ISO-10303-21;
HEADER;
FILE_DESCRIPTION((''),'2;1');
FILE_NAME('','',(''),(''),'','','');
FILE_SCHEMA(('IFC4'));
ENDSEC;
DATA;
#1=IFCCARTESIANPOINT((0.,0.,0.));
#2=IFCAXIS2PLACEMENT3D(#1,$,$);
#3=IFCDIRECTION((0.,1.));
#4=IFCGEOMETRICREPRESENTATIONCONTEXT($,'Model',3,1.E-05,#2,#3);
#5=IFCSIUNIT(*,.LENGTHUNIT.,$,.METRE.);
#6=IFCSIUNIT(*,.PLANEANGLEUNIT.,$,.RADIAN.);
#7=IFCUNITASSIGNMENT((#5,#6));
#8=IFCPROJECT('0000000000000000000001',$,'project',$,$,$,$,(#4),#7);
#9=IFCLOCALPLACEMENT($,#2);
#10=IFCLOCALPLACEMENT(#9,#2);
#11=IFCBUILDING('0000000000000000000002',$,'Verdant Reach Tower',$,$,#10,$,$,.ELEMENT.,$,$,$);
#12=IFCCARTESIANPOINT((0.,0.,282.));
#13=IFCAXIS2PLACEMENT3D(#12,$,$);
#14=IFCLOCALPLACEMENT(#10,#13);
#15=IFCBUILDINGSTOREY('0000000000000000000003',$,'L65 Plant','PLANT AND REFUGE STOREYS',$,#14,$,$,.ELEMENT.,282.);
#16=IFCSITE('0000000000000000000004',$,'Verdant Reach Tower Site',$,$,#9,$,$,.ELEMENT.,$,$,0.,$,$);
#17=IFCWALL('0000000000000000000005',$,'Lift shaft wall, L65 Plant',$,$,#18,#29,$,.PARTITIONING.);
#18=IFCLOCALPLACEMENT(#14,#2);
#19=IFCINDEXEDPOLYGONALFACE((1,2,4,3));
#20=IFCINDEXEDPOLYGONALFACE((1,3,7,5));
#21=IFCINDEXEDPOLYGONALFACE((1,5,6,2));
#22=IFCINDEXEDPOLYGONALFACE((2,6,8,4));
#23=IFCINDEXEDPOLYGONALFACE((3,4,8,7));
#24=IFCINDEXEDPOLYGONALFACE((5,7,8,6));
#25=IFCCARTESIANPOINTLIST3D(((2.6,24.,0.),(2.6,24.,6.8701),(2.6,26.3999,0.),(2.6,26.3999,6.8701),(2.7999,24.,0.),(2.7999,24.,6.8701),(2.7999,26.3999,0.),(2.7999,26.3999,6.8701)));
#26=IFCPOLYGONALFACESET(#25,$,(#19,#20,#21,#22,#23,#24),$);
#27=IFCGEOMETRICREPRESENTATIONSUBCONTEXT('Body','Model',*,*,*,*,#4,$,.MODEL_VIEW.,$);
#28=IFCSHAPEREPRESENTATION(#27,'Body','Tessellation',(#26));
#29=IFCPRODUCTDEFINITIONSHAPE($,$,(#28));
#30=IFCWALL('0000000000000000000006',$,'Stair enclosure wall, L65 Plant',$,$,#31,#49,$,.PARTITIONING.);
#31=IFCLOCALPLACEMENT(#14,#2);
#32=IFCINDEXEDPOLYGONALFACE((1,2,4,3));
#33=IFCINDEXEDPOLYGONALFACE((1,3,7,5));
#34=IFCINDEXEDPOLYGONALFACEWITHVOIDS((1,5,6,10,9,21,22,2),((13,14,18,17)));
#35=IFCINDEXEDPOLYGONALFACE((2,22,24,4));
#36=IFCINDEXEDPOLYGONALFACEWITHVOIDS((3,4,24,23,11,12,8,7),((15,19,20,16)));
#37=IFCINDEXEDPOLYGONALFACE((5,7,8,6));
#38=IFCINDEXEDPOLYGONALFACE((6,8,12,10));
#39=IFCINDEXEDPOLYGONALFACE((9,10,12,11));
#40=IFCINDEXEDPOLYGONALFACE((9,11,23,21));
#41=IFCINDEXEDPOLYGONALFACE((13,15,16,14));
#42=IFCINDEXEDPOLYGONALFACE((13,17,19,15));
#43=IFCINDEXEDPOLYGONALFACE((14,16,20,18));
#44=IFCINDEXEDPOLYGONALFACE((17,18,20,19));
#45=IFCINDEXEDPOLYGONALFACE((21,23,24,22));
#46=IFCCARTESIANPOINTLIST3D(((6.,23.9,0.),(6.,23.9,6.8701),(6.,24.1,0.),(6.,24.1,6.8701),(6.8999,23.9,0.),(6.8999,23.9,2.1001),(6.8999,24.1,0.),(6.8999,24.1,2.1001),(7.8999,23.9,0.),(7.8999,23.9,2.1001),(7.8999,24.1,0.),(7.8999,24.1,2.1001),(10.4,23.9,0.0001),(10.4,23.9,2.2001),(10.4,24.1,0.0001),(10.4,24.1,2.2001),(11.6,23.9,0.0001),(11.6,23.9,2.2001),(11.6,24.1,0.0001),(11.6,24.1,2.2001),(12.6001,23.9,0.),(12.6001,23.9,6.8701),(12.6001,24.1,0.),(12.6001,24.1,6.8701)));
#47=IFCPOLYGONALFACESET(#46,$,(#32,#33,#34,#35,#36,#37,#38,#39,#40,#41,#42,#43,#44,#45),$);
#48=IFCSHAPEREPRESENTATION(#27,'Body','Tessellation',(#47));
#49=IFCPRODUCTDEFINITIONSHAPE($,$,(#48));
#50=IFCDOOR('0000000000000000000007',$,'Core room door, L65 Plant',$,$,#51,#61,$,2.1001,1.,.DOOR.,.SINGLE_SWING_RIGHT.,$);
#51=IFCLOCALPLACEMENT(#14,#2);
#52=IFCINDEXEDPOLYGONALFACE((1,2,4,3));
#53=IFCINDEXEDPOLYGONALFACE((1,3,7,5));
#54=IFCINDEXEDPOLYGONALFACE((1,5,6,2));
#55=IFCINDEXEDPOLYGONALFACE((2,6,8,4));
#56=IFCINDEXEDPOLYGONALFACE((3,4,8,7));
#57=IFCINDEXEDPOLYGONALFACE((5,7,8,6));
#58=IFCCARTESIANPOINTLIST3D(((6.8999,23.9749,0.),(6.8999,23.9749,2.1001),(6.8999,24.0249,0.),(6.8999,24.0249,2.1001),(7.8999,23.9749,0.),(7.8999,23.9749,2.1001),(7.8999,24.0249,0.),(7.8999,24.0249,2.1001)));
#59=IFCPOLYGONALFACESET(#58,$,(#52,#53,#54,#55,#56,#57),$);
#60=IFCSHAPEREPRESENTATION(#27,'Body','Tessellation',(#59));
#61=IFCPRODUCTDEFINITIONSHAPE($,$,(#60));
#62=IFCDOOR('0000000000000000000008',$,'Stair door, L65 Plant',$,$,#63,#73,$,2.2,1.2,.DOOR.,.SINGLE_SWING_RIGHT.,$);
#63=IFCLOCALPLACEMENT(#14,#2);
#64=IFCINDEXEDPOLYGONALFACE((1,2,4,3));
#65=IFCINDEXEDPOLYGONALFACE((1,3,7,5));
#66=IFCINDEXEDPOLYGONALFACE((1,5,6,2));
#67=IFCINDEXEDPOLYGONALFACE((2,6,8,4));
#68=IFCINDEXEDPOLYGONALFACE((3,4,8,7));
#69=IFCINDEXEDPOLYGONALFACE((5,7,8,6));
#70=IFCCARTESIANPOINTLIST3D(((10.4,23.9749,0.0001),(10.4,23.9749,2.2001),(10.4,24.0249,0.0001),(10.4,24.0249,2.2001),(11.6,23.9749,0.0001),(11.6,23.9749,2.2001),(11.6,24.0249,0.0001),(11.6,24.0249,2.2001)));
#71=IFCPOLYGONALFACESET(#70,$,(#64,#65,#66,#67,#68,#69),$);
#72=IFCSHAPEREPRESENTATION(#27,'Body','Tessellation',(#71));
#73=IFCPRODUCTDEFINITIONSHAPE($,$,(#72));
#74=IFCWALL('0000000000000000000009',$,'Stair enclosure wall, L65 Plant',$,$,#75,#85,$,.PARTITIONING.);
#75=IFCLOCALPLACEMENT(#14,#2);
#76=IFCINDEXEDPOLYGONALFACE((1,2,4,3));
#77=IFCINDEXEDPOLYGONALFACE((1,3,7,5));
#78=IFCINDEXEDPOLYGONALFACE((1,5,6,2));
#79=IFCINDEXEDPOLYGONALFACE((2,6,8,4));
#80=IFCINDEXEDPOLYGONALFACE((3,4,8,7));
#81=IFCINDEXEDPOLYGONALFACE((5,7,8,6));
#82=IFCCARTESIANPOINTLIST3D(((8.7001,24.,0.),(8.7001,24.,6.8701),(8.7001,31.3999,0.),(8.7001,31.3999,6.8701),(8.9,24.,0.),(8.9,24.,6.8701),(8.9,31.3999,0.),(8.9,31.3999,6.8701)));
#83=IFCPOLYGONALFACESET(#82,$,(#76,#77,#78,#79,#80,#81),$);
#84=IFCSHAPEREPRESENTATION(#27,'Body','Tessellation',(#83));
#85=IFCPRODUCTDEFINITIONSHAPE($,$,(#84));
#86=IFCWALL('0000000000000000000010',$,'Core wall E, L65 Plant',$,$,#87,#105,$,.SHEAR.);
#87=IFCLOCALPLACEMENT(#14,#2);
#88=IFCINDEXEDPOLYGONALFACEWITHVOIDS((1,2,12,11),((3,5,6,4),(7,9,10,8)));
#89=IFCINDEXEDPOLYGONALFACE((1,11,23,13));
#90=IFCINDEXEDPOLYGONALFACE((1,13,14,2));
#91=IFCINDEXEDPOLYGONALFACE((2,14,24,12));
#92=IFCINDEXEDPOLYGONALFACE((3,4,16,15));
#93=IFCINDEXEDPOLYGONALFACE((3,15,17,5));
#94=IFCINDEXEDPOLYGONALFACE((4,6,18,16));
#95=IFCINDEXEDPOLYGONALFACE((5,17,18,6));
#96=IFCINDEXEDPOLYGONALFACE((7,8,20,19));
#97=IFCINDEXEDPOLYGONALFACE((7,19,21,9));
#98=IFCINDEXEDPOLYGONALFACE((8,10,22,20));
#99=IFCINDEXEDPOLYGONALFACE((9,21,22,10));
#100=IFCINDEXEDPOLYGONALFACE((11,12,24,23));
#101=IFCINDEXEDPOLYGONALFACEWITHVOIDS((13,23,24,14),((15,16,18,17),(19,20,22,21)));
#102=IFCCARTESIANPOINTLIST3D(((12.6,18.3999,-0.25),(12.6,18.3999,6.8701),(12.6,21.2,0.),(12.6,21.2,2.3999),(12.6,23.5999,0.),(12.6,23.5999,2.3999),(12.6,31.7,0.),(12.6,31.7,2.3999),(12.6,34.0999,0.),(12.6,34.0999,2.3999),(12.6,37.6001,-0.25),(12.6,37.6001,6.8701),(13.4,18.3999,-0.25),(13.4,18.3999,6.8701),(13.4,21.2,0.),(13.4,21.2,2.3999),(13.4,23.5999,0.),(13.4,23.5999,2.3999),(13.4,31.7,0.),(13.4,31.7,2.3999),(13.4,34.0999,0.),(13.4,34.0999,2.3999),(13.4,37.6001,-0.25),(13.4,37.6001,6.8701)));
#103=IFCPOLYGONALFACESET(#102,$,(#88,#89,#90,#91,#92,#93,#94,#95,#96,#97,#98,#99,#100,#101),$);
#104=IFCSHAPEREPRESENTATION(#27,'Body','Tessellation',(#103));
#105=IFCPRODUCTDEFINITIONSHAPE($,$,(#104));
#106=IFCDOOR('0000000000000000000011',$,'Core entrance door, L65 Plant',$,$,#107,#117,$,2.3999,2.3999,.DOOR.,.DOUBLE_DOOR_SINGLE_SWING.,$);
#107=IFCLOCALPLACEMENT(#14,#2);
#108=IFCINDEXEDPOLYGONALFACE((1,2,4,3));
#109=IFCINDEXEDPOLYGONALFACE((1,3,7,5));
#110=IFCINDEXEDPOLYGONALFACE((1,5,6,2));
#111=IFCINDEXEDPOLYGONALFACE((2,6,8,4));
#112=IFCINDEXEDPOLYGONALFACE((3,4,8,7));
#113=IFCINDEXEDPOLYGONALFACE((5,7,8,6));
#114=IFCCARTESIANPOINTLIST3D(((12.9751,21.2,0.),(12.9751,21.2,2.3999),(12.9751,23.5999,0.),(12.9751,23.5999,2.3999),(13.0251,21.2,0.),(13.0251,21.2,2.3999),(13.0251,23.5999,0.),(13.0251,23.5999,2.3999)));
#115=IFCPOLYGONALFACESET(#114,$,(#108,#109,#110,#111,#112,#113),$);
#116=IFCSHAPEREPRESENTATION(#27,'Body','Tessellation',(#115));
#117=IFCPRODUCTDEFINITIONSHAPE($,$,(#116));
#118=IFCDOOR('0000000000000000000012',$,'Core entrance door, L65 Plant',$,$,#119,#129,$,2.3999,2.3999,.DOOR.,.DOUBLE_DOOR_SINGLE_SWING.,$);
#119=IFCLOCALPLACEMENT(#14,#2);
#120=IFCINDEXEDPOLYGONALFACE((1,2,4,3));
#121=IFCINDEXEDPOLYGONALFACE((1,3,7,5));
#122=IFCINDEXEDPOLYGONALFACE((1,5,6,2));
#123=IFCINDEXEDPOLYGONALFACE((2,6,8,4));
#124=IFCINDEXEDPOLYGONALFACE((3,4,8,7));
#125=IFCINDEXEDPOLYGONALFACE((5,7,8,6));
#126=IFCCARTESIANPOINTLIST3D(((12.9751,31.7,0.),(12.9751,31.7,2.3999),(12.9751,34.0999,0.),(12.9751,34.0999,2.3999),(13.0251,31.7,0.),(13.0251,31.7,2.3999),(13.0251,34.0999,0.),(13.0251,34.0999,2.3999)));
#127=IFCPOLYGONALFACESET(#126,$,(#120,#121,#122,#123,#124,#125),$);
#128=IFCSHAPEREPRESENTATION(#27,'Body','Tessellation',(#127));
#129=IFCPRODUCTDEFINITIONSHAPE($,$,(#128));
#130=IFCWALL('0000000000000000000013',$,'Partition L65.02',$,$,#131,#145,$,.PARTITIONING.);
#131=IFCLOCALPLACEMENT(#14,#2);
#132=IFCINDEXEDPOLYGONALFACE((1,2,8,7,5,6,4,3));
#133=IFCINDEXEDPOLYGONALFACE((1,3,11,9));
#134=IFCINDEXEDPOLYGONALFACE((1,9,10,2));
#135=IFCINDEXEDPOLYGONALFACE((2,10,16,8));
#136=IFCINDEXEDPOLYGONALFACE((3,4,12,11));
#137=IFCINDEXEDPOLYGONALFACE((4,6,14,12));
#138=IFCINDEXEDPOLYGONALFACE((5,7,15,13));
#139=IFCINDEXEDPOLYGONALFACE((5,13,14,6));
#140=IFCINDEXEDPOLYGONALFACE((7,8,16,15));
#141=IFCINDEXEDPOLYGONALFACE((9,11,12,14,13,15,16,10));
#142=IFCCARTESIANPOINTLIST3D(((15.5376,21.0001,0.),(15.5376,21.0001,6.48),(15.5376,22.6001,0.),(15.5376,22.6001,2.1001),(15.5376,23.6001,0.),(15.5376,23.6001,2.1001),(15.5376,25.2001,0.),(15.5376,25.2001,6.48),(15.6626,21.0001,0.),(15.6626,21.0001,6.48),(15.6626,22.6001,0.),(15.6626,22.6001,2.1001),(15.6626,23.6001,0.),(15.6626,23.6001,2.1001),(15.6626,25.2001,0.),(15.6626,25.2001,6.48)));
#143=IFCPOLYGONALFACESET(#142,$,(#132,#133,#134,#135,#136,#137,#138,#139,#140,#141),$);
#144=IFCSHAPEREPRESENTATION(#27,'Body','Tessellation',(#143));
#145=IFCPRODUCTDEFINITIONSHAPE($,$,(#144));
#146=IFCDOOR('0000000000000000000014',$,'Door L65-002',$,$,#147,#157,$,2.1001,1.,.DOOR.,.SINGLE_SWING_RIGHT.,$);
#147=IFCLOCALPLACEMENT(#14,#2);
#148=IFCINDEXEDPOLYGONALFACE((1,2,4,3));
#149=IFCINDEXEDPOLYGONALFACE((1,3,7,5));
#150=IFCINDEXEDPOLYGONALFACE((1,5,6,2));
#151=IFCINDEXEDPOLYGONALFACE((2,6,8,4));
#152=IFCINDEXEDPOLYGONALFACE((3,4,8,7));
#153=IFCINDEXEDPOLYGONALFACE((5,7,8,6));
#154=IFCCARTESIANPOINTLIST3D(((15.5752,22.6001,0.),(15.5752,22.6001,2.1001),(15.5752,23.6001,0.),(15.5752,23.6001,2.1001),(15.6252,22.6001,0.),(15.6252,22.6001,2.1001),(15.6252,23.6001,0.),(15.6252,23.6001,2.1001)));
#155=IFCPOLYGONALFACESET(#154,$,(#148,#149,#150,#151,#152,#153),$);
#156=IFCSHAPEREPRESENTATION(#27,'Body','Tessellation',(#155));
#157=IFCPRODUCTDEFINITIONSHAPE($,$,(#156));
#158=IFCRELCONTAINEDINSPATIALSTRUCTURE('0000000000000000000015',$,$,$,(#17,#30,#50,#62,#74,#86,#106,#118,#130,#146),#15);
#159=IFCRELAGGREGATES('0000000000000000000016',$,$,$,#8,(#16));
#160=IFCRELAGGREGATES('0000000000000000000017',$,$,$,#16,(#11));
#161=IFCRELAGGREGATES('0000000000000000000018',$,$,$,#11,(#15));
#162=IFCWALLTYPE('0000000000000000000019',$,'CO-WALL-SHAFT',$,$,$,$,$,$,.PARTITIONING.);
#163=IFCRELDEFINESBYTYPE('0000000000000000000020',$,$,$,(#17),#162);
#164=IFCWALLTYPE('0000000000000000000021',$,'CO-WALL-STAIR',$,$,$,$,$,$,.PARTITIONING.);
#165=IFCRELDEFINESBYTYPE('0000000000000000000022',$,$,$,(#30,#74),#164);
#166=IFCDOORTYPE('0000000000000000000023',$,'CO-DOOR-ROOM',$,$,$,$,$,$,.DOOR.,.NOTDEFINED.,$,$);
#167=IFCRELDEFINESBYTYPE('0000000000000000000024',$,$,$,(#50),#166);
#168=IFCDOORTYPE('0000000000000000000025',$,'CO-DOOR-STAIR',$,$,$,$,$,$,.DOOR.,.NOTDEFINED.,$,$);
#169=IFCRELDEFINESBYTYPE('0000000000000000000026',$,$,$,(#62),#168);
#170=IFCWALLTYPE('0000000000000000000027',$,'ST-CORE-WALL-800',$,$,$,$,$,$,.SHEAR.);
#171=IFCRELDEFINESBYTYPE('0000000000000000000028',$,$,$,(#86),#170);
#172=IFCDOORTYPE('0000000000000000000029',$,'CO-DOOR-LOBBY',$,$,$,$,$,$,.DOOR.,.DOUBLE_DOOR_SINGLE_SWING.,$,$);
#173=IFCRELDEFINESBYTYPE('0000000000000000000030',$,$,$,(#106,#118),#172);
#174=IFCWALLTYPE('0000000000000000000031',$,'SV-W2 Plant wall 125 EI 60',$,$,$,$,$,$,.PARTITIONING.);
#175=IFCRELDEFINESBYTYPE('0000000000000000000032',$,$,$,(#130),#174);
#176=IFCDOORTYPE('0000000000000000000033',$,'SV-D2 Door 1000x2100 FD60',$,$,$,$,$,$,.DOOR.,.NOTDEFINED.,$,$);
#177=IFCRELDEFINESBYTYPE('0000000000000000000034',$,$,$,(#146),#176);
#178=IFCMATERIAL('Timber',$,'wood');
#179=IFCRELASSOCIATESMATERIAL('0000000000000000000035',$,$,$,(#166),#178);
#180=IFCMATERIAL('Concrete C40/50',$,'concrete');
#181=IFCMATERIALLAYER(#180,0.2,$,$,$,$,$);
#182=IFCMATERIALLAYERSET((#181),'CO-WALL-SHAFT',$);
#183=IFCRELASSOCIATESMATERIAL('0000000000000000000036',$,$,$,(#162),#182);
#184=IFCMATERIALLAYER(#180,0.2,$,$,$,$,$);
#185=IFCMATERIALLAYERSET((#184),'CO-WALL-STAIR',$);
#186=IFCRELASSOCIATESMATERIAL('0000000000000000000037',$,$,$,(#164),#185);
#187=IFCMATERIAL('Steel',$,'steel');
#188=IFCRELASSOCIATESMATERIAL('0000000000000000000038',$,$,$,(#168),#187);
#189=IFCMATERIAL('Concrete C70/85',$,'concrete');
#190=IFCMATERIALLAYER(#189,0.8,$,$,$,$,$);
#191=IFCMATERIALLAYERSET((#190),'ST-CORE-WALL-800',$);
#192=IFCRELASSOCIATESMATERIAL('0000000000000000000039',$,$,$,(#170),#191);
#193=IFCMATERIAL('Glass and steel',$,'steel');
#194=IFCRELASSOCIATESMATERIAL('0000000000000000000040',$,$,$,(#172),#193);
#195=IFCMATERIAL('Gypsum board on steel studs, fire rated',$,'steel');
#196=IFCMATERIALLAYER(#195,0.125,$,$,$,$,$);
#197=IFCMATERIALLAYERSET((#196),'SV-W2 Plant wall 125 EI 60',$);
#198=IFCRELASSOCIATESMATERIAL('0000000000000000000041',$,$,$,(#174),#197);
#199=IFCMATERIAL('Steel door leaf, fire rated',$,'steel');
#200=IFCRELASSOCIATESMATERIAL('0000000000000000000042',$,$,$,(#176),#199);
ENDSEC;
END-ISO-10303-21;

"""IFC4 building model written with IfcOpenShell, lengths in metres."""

from ifc_helpers import new_model, si_unit, direction, frame, frame_2d, origin, place, context, subcontext, project, spatial, rectangle, extrude, material, layer, layer_set, type_object, element, fill, save


model = new_model("IFC4")

# Units and contexts
model_context = context("Model", 3, precision=1e-05, world=origin(), true_north=direction((0.0, 1.0)))
body_context = subcontext(model_context, "Body", "Model", "MODEL_VIEW")
ifc_project = project(units=[si_unit("LENGTHUNIT", "METRE"), si_unit("PLANEANGLEUNIT", "RADIAN")], contexts=[model_context])

# Site, building, storey
site_placement = place(None, origin())
site = spatial("IfcSite", under=ifc_project, at=site_placement, Name="Verdant Reach Tower Site", CompositionType="ELEMENT", RefElevation=0.0)
building_placement = place(site_placement, origin())
building = spatial("IfcBuilding", under=site, at=building_placement, Name="Verdant Reach Tower", CompositionType="ELEMENT")
storey_placement = place(building_placement, frame((0.0, 0.0, 282.0)))
storey = spatial("IfcBuildingStorey", under=building, at=storey_placement, Name="L65 Plant", Description="PLANT AND REFUGE STOREYS", CompositionType="ELEMENT", Elevation=282.0)

# Shared definitions
ifc_material_1 = material(Name="Timber", Category="wood")
door_type_1 = type_object("IfcDoorType", Name="CO-DOOR-ROOM", OperationType="NOTDEFINED", PredefinedType="DOOR", material=ifc_material_1)

# Wall
ifc_material_2 = material(Name="Concrete C40/50", Category="concrete")
ifc_layer_1 = layer(ifc_material_2, 0.2)
ifc_layer_set_1 = layer_set([ifc_layer_1], Name="CO-WALL-SHAFT")
wall_type_1 = type_object("IfcWallType", Name="CO-WALL-SHAFT", PredefinedType="PARTITIONING", material=ifc_layer_set_1)
for number, where, z_axis, x_axis, name in (
    (1, (2.7, 24.0, 0.0), (0.0, 0.0, 1.0), (0.0, 1.0, 0.0), "Lift shaft wall, L65 Plant"),
):
    element("IfcWall", number, at=place(storey_placement, frame(where, z_axis=z_axis, x_axis=x_axis)), inside=storey, type_object=wall_type_1, Name=name, PredefinedType="PARTITIONING", context=body_context, shape_type="SweptSolid", body=[
        extrude(rectangle(XDim=2.3999, YDim=0.2, at=frame_2d((1.2, 0.0))), origin(), (0.0, 0.0, 1.0), 6.8701),
    ])

# Wall, openings, doors
ifc_layer_2 = layer(ifc_material_2, 0.2)
ifc_layer_set_2 = layer_set([ifc_layer_2], Name="CO-WALL-STAIR")
wall_type_2 = type_object("IfcWallType", Name="CO-WALL-STAIR", PredefinedType="PARTITIONING", material=ifc_layer_set_2)
wall_1_placement = place(storey_placement, frame((6.0, 24.0, 0.0), z_axis=(0.0, 0.0, 1.0), x_axis=(1.0, 0.0, 0.0)))
wall_1 = element("IfcWall", 2, at=wall_1_placement, inside=storey, type_object=wall_type_2, Name="Stair enclosure wall, L65 Plant", PredefinedType="PARTITIONING", context=body_context, shape_type="SweptSolid", body=[
    extrude(rectangle(XDim=6.6001, YDim=0.2, at=frame_2d((3.3, 0.0))), origin(), (0.0, 0.0, 1.0), 6.8701),
])
opening_1_placement = place(wall_1_placement, frame((0.8999, 0.0, 0.0)))
opening_1 = element("IfcOpeningElement", 3, at=opening_1_placement, cuts=wall_1, PredefinedType="OPENING", context=body_context, shape_type="SweptSolid", body=[
    extrude(rectangle(XDim=1.0, YDim=2.1001, at=frame_2d((0.5, 1.05))), frame((0.0, 0.1099, 0.0), z_axis=(0.0, -1.0, 0.0), x_axis=(1.0, 0.0, 0.0)), (0.0, 0.0, 1.0), 0.22),
])
opening_2_placement = place(wall_1_placement, frame((4.3999, 0.0, 0.0)))
opening_2 = element("IfcOpeningElement", 4, at=opening_2_placement, cuts=wall_1, PredefinedType="OPENING", context=body_context, shape_type="SweptSolid", body=[
    extrude(rectangle(XDim=1.2, YDim=2.2, at=frame_2d((0.6001, 1.1001))), frame((0.0, 0.1099, 0.0), z_axis=(0.0, -1.0, 0.0), x_axis=(1.0, 0.0, 0.0)), (0.0, 0.0, 1.0), 0.22),
])
door_1_placement = place(opening_1_placement, origin())
door_1 = element("IfcDoor", 5, at=door_1_placement, inside=storey, type_object=door_type_1, Name="Core room door, L65 Plant", OperationType="SINGLE_SWING_RIGHT", OverallHeight=2.1001, OverallWidth=1.0, PredefinedType="DOOR", context=body_context, shape_type="SweptSolid", body=[
    extrude(rectangle(XDim=1.0, YDim=2.1001, at=frame_2d((0.5, 1.05))), frame((0.0, 0.0249, 0.0), z_axis=(0.0, -1.0, 0.0), x_axis=(1.0, 0.0, 0.0)), (0.0, 0.0, 1.0), 0.05),
])
fill(opening_1, door_1)
ifc_material_3 = material(Name="Steel", Category="steel")
door_type_2 = type_object("IfcDoorType", Name="CO-DOOR-STAIR", OperationType="NOTDEFINED", PredefinedType="DOOR", material=ifc_material_3)
door_2_placement = place(opening_2_placement, origin())
door_2 = element("IfcDoor", 6, at=door_2_placement, inside=storey, type_object=door_type_2, Name="Stair door, L65 Plant", OperationType="SINGLE_SWING_RIGHT", OverallHeight=2.2, OverallWidth=1.2, PredefinedType="DOOR", context=body_context, shape_type="SweptSolid", body=[
    extrude(rectangle(XDim=1.2, YDim=2.2, at=frame_2d((0.6001, 1.1001))), frame((0.0, 0.0249, 0.0), z_axis=(0.0, -1.0, 0.0), x_axis=(1.0, 0.0, 0.0)), (0.0, 0.0, 1.0), 0.05),
])
fill(opening_2, door_2)

# Wall
wall_2_placement = place(storey_placement, frame((8.8, 24.0, 0.0), z_axis=(0.0, 0.0, 1.0), x_axis=(0.0, 1.0, 0.0)))
element("IfcWall", 7, at=wall_2_placement, inside=storey, type_object=wall_type_2, Name="Stair enclosure wall, L65 Plant", PredefinedType="PARTITIONING", context=body_context, shape_type="SweptSolid", body=[
    extrude(rectangle(XDim=7.3999, YDim=0.2, at=frame_2d((3.7, 0.0))), origin(), (0.0, 0.0, 1.0), 6.8701),
])

# Wall, openings, doors
ifc_material_4 = material(Name="Concrete C70/85", Category="concrete")
ifc_layer_3 = layer(ifc_material_4, 0.8)
ifc_layer_set_3 = layer_set([ifc_layer_3], Name="ST-CORE-WALL-800")
wall_type_3 = type_object("IfcWallType", Name="ST-CORE-WALL-800", PredefinedType="SHEAR", material=ifc_layer_set_3)
wall_3_placement = place(storey_placement, frame((13.0, 18.3999, -0.25), z_axis=(0.0, 0.0, 1.0), x_axis=(0.0, 1.0, 0.0)))
wall_3 = element("IfcWall", 8, at=wall_3_placement, inside=storey, type_object=wall_type_3, Name="Core wall E, L65 Plant", PredefinedType="SHEAR", context=body_context, shape_type="SweptSolid", body=[
    extrude(rectangle(XDim=19.2002, YDim=0.8, at=frame_2d((9.6001, 0.0))), origin(), (0.0, 0.0, 1.0), 7.1201),
])
opening_3_placement = place(wall_3_placement, frame((2.8, 0.0, 0.25)))
opening_3 = element("IfcOpeningElement", 9, at=opening_3_placement, cuts=wall_3, PredefinedType="OPENING", context=body_context, shape_type="SweptSolid", body=[
    extrude(rectangle(XDim=2.3999, YDim=2.3999, at=frame_2d((1.2, 1.2))), frame((0.0, 0.4099, 0.0), z_axis=(0.0, -1.0, 0.0), x_axis=(1.0, 0.0, 0.0)), (0.0, 0.0, 1.0), 0.8201),
])
opening_4_placement = place(wall_3_placement, frame((13.3, 0.0, 0.25)))
opening_4 = element("IfcOpeningElement", 10, at=opening_4_placement, cuts=wall_3, PredefinedType="OPENING", context=body_context, shape_type="SweptSolid", body=[
    extrude(rectangle(XDim=2.3999, YDim=2.3999, at=frame_2d((1.2, 1.2))), frame((0.0, 0.4099, 0.0), z_axis=(0.0, -1.0, 0.0), x_axis=(1.0, 0.0, 0.0)), (0.0, 0.0, 1.0), 0.8201),
])
ifc_material_5 = material(Name="Glass and steel", Category="steel")
door_type_3 = type_object("IfcDoorType", Name="CO-DOOR-LOBBY", OperationType="DOUBLE_DOOR_SINGLE_SWING", PredefinedType="DOOR", material=ifc_material_5)
door_3_placement = place(opening_3_placement, origin())
door_3 = element("IfcDoor", 11, at=door_3_placement, inside=storey, type_object=door_type_3, Name="Core entrance door, L65 Plant", OperationType="DOUBLE_DOOR_SINGLE_SWING", OverallHeight=2.3999, OverallWidth=2.3999, PredefinedType="DOOR", context=body_context, shape_type="SweptSolid", body=[
    extrude(rectangle(XDim=2.3999, YDim=2.3999, at=frame_2d((1.2, 1.2))), frame((0.0, 0.0249, 0.0), z_axis=(0.0, -1.0, 0.0), x_axis=(1.0, 0.0, 0.0)), (0.0, 0.0, 1.0), 0.05),
])
fill(opening_3, door_3)
door_4_placement = place(opening_4_placement, origin())
door_4 = element("IfcDoor", 12, at=door_4_placement, inside=storey, type_object=door_type_3, Name="Core entrance door, L65 Plant", OperationType="DOUBLE_DOOR_SINGLE_SWING", OverallHeight=2.3999, OverallWidth=2.3999, PredefinedType="DOOR", context=body_context, shape_type="SweptSolid", body=[
    extrude(rectangle(XDim=2.3999, YDim=2.3999, at=frame_2d((1.2, 1.2))), frame((0.0, 0.0249, 0.0), z_axis=(0.0, -1.0, 0.0), x_axis=(1.0, 0.0, 0.0)), (0.0, 0.0, 1.0), 0.05),
])
fill(opening_4, door_4)

# Wall, opening, door
ifc_material_6 = material(Name="Gypsum board on steel studs, fire rated", Category="steel")
ifc_layer_4 = layer(ifc_material_6, 0.125)
ifc_layer_set_4 = layer_set([ifc_layer_4], Name="SV-W2 Plant wall 125 EI 60")
wall_type_4 = type_object("IfcWallType", Name="SV-W2 Plant wall 125 EI 60", PredefinedType="PARTITIONING", material=ifc_layer_set_4)
wall_4_placement = place(storey_placement, frame((15.6001, 21.0, 0.0), z_axis=(0.0, 0.0, 1.0), x_axis=(0.0, 1.0, 0.0)))
wall_4 = element("IfcWall", 13, at=wall_4_placement, inside=storey, type_object=wall_type_4, Name="Partition L65.02", PredefinedType="PARTITIONING", context=body_context, shape_type="SweptSolid", body=[
    extrude(rectangle(XDim=4.2, YDim=0.125, at=frame_2d((2.1001, 0.0))), origin(), (0.0, 0.0, 1.0), 6.48),
])
opening_5_placement = place(wall_4_placement, frame((1.6001, 0.0, 0.0)))
opening_5 = element("IfcOpeningElement", 14, at=opening_5_placement, cuts=wall_4, PredefinedType="OPENING", context=body_context, shape_type="SweptSolid", body=[
    extrude(rectangle(XDim=1.0, YDim=2.1001, at=frame_2d((0.5, 1.05))), frame((0.0, 0.0725, 0.0), z_axis=(0.0, -1.0, 0.0), x_axis=(1.0, 0.0, 0.0)), (0.0, 0.0, 1.0), 0.145),
])
ifc_material_7 = material(Name="Steel door leaf, fire rated", Category="steel")
door_type_4 = type_object("IfcDoorType", Name="SV-D2 Door 1000x2100 FD60", OperationType="NOTDEFINED", PredefinedType="DOOR", material=ifc_material_7)
door_5_placement = place(opening_5_placement, origin())
door_5 = element("IfcDoor", 15, at=door_5_placement, inside=storey, type_object=door_type_4, Name="Door L65-002", OperationType="SINGLE_SWING_RIGHT", OverallHeight=2.1001, OverallWidth=1.0, PredefinedType="DOOR", context=body_context, shape_type="SweptSolid", body=[
    extrude(rectangle(XDim=1.0, YDim=2.1001, at=frame_2d((0.5, 1.05))), frame((0.0, 0.0249, 0.0), z_axis=(0.0, -1.0, 0.0), x_axis=(1.0, 0.0, 0.0)), (0.0, 0.0, 1.0), 0.05),
])
fill(opening_5, door_5)

save(model, "model.ifc")
